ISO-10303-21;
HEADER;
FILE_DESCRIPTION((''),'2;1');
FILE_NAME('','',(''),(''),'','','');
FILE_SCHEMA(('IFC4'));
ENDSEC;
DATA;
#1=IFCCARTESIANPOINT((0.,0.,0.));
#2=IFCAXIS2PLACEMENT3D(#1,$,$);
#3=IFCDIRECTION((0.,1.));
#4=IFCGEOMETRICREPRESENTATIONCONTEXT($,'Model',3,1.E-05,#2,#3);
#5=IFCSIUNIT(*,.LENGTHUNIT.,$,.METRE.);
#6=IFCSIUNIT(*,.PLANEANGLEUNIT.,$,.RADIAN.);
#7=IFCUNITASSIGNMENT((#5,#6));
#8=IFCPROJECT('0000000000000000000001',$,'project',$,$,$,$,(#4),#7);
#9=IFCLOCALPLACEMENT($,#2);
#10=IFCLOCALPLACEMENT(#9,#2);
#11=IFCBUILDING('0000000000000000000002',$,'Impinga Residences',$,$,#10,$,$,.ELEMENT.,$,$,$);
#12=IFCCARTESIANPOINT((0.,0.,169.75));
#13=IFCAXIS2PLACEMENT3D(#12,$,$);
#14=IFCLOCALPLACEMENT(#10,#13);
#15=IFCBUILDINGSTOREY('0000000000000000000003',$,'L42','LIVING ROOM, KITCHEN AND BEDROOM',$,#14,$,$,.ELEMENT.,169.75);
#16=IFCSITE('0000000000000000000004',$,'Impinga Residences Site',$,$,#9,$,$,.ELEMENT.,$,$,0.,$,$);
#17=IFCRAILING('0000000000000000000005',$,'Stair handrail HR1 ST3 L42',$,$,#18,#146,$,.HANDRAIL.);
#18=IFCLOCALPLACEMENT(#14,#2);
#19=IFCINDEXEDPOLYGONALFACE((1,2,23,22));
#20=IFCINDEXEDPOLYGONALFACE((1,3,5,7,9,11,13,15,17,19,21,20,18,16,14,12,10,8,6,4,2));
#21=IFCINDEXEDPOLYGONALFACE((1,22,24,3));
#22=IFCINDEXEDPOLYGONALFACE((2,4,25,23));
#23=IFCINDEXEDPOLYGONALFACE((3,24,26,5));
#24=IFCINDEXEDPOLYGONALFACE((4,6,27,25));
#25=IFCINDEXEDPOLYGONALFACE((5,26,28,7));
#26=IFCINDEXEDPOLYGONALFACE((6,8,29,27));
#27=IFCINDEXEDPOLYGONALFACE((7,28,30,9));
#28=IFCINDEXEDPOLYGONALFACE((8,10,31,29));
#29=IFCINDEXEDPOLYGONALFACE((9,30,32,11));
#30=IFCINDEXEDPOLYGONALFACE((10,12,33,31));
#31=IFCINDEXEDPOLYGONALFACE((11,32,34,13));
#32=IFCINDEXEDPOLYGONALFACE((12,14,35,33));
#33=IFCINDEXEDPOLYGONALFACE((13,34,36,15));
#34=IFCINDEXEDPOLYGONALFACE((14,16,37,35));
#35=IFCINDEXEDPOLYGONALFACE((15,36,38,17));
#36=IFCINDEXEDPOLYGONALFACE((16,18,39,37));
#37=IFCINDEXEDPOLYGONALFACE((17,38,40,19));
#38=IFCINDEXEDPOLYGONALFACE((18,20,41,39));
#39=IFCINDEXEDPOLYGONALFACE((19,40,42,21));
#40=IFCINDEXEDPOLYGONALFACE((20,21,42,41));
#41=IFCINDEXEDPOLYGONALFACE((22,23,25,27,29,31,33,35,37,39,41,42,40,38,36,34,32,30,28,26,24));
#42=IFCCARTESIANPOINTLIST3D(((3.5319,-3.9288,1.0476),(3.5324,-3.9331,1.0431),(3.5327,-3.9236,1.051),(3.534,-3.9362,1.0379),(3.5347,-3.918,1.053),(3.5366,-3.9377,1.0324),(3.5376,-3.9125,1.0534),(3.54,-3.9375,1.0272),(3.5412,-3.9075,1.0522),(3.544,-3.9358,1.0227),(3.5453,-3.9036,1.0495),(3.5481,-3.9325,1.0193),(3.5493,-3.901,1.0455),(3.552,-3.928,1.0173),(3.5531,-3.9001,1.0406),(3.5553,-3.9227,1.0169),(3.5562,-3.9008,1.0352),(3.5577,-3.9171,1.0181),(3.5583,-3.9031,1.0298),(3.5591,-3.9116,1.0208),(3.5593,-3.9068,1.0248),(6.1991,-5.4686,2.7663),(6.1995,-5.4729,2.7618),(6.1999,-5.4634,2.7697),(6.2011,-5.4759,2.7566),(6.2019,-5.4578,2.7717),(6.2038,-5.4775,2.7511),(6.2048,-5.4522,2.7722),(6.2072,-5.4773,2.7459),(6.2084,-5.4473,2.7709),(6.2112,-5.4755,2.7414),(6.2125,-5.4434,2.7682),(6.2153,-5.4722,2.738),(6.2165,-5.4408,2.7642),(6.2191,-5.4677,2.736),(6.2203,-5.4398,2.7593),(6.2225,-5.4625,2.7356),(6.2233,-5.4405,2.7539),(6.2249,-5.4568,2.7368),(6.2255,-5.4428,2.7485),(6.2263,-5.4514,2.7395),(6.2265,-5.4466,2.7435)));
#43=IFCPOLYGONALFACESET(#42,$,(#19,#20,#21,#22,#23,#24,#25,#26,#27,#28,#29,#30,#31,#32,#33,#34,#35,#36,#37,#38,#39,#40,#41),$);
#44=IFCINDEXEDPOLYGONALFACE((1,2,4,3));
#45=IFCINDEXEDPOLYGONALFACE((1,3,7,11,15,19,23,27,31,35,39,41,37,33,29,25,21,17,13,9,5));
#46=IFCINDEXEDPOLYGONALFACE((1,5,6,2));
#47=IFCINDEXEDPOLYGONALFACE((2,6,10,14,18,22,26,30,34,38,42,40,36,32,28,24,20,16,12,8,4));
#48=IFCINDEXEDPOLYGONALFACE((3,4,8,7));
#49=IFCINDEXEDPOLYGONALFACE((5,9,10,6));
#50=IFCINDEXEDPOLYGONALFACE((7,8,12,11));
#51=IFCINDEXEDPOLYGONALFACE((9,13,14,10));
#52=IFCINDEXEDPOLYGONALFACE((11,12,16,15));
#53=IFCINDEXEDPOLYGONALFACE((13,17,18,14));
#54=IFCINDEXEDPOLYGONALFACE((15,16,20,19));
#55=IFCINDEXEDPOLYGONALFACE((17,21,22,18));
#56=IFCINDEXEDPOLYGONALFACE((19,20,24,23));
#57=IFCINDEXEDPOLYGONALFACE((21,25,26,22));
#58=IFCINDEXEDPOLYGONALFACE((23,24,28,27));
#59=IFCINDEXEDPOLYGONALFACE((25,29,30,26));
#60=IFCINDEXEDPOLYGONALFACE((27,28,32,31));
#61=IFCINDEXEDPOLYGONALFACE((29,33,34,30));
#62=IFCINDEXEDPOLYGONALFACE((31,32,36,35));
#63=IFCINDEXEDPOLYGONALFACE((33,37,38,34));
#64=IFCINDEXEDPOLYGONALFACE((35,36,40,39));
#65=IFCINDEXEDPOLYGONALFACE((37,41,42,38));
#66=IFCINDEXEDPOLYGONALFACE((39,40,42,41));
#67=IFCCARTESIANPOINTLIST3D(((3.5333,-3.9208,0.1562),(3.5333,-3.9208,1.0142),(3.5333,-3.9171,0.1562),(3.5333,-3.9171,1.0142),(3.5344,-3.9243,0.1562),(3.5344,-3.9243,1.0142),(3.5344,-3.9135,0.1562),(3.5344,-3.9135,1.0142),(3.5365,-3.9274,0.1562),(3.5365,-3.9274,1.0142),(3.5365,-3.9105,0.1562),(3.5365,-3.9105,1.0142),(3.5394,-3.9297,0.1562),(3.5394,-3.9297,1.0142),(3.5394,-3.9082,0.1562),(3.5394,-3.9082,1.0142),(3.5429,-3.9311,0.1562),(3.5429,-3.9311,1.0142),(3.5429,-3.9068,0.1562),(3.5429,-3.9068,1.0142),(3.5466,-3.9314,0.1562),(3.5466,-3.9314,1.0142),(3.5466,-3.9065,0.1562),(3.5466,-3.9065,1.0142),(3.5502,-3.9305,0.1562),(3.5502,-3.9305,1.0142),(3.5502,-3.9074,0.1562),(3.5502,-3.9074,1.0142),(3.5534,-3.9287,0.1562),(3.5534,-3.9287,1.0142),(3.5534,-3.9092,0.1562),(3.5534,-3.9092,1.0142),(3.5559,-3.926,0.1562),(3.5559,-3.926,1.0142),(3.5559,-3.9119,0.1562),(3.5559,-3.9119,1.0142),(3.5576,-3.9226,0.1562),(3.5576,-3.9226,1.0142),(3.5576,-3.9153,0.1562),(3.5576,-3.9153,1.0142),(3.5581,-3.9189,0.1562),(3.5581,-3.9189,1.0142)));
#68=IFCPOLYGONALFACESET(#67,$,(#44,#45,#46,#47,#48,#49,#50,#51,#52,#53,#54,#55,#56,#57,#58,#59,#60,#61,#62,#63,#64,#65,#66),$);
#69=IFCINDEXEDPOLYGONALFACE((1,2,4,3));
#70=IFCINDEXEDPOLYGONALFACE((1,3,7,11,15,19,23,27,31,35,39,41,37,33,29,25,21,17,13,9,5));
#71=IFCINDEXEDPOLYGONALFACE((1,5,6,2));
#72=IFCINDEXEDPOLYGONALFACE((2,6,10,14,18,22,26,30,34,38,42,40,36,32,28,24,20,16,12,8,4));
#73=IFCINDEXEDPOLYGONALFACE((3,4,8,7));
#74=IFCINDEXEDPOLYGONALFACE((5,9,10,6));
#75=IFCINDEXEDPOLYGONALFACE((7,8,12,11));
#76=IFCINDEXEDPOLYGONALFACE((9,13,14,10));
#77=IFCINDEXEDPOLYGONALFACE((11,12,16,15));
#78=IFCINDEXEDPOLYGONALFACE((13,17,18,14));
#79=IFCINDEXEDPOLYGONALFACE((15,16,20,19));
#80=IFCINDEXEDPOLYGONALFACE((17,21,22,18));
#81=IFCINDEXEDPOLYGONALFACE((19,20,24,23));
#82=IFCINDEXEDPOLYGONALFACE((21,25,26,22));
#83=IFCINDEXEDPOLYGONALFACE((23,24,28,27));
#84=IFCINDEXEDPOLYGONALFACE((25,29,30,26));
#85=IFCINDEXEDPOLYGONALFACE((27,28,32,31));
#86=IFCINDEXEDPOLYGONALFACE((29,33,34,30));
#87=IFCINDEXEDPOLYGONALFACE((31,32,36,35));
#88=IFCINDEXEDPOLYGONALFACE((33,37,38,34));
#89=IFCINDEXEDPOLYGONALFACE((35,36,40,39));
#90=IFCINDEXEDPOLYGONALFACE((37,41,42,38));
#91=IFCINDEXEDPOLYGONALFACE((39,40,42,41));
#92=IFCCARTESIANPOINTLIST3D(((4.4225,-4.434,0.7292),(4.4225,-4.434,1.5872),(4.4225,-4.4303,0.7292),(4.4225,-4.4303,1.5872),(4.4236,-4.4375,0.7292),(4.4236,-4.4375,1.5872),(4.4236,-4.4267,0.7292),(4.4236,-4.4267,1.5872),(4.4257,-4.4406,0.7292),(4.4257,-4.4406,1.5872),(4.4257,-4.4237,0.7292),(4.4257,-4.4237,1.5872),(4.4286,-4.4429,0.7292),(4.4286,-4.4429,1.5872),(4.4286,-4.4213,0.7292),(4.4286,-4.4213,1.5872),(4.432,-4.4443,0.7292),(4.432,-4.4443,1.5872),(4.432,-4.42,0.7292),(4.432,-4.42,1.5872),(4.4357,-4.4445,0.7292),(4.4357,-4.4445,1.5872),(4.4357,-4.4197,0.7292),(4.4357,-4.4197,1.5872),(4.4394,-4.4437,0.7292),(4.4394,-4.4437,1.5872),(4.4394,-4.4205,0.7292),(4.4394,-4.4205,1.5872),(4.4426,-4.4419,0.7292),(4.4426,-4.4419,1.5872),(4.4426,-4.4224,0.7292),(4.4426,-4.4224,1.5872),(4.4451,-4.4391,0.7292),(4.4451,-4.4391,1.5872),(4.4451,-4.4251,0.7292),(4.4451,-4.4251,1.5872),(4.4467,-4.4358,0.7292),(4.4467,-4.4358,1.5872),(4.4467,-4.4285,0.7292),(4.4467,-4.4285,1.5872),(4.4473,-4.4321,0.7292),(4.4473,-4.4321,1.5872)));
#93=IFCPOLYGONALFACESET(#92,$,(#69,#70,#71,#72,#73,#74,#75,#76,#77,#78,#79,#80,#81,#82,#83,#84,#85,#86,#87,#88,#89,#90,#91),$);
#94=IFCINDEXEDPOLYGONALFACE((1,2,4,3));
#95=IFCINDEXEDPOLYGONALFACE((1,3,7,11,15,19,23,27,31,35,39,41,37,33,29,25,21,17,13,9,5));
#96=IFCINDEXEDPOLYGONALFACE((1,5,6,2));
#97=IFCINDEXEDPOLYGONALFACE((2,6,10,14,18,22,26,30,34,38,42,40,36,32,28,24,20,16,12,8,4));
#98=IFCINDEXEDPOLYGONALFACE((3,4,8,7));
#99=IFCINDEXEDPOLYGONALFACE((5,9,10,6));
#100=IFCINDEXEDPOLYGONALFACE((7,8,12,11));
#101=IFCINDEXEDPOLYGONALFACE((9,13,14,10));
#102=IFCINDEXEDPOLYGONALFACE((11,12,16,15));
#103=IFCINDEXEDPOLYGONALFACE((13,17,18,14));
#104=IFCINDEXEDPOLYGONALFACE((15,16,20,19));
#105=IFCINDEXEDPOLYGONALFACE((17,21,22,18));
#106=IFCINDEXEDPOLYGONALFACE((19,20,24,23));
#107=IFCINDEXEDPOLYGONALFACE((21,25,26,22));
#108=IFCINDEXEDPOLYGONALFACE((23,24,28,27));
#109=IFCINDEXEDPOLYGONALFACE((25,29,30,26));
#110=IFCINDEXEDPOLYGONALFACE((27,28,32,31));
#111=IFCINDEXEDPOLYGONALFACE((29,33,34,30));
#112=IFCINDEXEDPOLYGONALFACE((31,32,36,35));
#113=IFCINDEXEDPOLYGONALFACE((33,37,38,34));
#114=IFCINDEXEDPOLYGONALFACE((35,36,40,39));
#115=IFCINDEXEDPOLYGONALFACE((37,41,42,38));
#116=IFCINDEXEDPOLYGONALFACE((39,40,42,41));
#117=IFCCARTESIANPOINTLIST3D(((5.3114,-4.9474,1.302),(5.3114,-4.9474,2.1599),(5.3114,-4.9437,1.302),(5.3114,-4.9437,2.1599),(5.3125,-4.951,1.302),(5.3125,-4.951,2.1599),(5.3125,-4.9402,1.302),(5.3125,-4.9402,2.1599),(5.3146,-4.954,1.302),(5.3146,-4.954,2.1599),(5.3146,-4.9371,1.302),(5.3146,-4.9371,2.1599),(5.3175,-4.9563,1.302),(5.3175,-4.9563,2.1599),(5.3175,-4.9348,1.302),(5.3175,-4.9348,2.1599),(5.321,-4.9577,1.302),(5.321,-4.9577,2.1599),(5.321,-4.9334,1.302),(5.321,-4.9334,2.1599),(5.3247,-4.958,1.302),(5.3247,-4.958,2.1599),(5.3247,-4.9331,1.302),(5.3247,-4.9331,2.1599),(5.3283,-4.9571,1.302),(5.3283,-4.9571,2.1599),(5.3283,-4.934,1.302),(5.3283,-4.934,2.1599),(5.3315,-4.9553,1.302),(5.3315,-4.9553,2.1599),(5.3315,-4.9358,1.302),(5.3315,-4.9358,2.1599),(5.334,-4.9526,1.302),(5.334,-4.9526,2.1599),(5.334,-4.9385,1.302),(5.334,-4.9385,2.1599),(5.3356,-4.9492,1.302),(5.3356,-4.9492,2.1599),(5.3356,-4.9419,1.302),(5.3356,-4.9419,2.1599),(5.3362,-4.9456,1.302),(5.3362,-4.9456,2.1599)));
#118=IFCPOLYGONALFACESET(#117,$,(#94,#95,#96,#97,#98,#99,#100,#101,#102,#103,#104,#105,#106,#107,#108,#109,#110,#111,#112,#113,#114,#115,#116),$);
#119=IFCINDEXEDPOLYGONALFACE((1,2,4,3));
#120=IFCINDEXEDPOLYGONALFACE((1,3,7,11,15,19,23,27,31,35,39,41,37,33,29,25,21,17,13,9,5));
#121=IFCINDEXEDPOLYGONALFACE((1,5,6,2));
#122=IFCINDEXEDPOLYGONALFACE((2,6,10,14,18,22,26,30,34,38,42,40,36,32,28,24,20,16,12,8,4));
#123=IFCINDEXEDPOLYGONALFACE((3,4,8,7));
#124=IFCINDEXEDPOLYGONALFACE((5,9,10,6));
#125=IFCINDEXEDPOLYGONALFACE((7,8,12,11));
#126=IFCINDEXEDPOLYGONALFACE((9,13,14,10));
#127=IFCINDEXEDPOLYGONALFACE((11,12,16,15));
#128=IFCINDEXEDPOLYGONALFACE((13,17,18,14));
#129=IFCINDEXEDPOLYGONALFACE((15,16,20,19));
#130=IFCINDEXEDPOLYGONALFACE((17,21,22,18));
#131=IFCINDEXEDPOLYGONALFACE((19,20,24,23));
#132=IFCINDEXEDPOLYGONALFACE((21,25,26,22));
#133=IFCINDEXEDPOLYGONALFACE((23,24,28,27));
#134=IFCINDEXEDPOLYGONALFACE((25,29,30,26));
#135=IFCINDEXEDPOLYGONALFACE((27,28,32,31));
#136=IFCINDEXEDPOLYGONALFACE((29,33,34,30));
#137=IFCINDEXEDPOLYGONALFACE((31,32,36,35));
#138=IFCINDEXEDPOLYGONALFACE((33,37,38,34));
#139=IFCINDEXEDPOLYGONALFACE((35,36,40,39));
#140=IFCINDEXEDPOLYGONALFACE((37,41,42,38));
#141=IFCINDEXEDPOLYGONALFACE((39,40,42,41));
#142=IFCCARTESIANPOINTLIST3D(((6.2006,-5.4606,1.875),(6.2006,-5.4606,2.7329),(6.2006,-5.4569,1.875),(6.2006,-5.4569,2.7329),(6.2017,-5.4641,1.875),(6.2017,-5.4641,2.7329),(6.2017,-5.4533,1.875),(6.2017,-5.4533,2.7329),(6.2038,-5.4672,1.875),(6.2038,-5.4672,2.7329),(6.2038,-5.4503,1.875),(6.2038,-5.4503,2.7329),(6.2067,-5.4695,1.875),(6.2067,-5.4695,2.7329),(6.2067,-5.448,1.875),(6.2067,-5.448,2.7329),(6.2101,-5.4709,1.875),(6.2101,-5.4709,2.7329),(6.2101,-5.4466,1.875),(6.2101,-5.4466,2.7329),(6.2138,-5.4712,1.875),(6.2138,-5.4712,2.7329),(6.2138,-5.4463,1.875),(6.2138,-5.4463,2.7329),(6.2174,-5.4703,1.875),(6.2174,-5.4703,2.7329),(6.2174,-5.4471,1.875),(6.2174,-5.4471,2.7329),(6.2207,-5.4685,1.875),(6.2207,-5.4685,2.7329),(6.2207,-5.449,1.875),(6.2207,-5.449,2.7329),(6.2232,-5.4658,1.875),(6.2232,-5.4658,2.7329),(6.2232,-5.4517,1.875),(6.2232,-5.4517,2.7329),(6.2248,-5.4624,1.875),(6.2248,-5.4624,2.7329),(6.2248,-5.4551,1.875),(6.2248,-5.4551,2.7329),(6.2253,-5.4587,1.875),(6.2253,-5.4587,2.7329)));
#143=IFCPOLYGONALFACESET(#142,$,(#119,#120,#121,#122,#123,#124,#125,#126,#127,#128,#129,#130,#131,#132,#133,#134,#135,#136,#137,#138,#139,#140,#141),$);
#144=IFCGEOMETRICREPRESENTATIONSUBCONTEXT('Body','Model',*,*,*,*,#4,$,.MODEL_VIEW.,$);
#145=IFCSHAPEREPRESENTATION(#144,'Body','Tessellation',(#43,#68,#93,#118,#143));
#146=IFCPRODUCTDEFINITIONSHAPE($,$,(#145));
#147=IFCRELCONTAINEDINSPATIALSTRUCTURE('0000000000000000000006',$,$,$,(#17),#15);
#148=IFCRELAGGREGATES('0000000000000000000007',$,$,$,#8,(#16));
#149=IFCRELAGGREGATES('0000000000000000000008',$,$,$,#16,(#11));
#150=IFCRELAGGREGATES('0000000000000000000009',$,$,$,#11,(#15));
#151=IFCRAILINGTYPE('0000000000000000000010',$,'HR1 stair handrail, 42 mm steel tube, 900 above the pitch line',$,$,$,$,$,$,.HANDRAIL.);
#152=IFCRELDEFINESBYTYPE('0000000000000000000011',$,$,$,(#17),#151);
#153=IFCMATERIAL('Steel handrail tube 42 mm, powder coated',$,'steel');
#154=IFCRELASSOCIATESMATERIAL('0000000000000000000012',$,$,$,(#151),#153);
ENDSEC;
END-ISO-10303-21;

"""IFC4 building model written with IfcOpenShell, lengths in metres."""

from ifc_helpers import new_model, si_unit, direction, frame, origin, origin_2d, place, context, subcontext, project, spatial, circle, extrude, material, type_object, element, save


model = new_model("IFC4")

# Units and contexts
model_context = context("Model", 3, precision=1e-05, world=origin(), true_north=direction((0.0, 1.0)))
body_context = subcontext(model_context, "Body", "Model", "MODEL_VIEW")
ifc_project = project(units=[si_unit("LENGTHUNIT", "METRE"), si_unit("PLANEANGLEUNIT", "RADIAN")], contexts=[model_context])

# Site, building, storey
site_placement = place(None, origin())
site = spatial("IfcSite", under=ifc_project, at=site_placement, Name="Impinga Residences Site", CompositionType="ELEMENT", RefElevation=0.0)
building_placement = place(site_placement, origin())
building = spatial("IfcBuilding", under=site, at=building_placement, Name="Impinga Residences", CompositionType="ELEMENT")
storey_placement = place(building_placement, frame((0.0, 0.0, 169.75)))
storey = spatial("IfcBuildingStorey", under=building, at=storey_placement, Name="L42", Description="LIVING ROOM, KITCHEN AND BEDROOM", CompositionType="ELEMENT", Elevation=169.75)

# Railing
ifc_material_1 = material(Name="Steel handrail tube 42 mm, powder coated", Category="steel")
railing_type_1 = type_object("IfcRailingType", Name="HR1 stair handrail, 42 mm steel tube, 900 above the pitch line", PredefinedType="HANDRAIL", material=ifc_material_1)
railing_1_placement = place(storey_placement, frame((3.5457, -3.9189, 0.1562)))
element("IfcRailing", 1, at=railing_1_placement, inside=storey, type_object=railing_type_1, Name="Stair handrail HR1 ST3 L42", PredefinedType="HANDRAIL", context=body_context, shape_type="SweptSolid", body=[
    extrude(circle(Radius=0.021, at=origin_2d()), frame((0.0, 0.0, 0.8789), z_axis=(0.756249, -0.436582, 0.487322), x_axis=(0.499967, 0.866044, 0.0)), (0.0, 0.0, 1.0), 3.5269),
    extrude(circle(Radius=0.0125, at=origin_2d()), origin(), (0.0, 0.0, 1.0), 0.8579),
    extrude(circle(Radius=0.0125, at=origin_2d()), frame((0.8892, -0.5132, 0.573)), (0.0, 0.0, 1.0), 0.8579),
    extrude(circle(Radius=0.0125, at=origin_2d()), frame((1.7781, -1.0266, 1.1458)), (0.0, 0.0, 1.0), 0.8579),
    extrude(circle(Radius=0.0125, at=origin_2d()), frame((2.6672, -1.5398, 1.7188)), (0.0, 0.0, 1.0), 0.8579),
])

save(model, "model.ifc")
